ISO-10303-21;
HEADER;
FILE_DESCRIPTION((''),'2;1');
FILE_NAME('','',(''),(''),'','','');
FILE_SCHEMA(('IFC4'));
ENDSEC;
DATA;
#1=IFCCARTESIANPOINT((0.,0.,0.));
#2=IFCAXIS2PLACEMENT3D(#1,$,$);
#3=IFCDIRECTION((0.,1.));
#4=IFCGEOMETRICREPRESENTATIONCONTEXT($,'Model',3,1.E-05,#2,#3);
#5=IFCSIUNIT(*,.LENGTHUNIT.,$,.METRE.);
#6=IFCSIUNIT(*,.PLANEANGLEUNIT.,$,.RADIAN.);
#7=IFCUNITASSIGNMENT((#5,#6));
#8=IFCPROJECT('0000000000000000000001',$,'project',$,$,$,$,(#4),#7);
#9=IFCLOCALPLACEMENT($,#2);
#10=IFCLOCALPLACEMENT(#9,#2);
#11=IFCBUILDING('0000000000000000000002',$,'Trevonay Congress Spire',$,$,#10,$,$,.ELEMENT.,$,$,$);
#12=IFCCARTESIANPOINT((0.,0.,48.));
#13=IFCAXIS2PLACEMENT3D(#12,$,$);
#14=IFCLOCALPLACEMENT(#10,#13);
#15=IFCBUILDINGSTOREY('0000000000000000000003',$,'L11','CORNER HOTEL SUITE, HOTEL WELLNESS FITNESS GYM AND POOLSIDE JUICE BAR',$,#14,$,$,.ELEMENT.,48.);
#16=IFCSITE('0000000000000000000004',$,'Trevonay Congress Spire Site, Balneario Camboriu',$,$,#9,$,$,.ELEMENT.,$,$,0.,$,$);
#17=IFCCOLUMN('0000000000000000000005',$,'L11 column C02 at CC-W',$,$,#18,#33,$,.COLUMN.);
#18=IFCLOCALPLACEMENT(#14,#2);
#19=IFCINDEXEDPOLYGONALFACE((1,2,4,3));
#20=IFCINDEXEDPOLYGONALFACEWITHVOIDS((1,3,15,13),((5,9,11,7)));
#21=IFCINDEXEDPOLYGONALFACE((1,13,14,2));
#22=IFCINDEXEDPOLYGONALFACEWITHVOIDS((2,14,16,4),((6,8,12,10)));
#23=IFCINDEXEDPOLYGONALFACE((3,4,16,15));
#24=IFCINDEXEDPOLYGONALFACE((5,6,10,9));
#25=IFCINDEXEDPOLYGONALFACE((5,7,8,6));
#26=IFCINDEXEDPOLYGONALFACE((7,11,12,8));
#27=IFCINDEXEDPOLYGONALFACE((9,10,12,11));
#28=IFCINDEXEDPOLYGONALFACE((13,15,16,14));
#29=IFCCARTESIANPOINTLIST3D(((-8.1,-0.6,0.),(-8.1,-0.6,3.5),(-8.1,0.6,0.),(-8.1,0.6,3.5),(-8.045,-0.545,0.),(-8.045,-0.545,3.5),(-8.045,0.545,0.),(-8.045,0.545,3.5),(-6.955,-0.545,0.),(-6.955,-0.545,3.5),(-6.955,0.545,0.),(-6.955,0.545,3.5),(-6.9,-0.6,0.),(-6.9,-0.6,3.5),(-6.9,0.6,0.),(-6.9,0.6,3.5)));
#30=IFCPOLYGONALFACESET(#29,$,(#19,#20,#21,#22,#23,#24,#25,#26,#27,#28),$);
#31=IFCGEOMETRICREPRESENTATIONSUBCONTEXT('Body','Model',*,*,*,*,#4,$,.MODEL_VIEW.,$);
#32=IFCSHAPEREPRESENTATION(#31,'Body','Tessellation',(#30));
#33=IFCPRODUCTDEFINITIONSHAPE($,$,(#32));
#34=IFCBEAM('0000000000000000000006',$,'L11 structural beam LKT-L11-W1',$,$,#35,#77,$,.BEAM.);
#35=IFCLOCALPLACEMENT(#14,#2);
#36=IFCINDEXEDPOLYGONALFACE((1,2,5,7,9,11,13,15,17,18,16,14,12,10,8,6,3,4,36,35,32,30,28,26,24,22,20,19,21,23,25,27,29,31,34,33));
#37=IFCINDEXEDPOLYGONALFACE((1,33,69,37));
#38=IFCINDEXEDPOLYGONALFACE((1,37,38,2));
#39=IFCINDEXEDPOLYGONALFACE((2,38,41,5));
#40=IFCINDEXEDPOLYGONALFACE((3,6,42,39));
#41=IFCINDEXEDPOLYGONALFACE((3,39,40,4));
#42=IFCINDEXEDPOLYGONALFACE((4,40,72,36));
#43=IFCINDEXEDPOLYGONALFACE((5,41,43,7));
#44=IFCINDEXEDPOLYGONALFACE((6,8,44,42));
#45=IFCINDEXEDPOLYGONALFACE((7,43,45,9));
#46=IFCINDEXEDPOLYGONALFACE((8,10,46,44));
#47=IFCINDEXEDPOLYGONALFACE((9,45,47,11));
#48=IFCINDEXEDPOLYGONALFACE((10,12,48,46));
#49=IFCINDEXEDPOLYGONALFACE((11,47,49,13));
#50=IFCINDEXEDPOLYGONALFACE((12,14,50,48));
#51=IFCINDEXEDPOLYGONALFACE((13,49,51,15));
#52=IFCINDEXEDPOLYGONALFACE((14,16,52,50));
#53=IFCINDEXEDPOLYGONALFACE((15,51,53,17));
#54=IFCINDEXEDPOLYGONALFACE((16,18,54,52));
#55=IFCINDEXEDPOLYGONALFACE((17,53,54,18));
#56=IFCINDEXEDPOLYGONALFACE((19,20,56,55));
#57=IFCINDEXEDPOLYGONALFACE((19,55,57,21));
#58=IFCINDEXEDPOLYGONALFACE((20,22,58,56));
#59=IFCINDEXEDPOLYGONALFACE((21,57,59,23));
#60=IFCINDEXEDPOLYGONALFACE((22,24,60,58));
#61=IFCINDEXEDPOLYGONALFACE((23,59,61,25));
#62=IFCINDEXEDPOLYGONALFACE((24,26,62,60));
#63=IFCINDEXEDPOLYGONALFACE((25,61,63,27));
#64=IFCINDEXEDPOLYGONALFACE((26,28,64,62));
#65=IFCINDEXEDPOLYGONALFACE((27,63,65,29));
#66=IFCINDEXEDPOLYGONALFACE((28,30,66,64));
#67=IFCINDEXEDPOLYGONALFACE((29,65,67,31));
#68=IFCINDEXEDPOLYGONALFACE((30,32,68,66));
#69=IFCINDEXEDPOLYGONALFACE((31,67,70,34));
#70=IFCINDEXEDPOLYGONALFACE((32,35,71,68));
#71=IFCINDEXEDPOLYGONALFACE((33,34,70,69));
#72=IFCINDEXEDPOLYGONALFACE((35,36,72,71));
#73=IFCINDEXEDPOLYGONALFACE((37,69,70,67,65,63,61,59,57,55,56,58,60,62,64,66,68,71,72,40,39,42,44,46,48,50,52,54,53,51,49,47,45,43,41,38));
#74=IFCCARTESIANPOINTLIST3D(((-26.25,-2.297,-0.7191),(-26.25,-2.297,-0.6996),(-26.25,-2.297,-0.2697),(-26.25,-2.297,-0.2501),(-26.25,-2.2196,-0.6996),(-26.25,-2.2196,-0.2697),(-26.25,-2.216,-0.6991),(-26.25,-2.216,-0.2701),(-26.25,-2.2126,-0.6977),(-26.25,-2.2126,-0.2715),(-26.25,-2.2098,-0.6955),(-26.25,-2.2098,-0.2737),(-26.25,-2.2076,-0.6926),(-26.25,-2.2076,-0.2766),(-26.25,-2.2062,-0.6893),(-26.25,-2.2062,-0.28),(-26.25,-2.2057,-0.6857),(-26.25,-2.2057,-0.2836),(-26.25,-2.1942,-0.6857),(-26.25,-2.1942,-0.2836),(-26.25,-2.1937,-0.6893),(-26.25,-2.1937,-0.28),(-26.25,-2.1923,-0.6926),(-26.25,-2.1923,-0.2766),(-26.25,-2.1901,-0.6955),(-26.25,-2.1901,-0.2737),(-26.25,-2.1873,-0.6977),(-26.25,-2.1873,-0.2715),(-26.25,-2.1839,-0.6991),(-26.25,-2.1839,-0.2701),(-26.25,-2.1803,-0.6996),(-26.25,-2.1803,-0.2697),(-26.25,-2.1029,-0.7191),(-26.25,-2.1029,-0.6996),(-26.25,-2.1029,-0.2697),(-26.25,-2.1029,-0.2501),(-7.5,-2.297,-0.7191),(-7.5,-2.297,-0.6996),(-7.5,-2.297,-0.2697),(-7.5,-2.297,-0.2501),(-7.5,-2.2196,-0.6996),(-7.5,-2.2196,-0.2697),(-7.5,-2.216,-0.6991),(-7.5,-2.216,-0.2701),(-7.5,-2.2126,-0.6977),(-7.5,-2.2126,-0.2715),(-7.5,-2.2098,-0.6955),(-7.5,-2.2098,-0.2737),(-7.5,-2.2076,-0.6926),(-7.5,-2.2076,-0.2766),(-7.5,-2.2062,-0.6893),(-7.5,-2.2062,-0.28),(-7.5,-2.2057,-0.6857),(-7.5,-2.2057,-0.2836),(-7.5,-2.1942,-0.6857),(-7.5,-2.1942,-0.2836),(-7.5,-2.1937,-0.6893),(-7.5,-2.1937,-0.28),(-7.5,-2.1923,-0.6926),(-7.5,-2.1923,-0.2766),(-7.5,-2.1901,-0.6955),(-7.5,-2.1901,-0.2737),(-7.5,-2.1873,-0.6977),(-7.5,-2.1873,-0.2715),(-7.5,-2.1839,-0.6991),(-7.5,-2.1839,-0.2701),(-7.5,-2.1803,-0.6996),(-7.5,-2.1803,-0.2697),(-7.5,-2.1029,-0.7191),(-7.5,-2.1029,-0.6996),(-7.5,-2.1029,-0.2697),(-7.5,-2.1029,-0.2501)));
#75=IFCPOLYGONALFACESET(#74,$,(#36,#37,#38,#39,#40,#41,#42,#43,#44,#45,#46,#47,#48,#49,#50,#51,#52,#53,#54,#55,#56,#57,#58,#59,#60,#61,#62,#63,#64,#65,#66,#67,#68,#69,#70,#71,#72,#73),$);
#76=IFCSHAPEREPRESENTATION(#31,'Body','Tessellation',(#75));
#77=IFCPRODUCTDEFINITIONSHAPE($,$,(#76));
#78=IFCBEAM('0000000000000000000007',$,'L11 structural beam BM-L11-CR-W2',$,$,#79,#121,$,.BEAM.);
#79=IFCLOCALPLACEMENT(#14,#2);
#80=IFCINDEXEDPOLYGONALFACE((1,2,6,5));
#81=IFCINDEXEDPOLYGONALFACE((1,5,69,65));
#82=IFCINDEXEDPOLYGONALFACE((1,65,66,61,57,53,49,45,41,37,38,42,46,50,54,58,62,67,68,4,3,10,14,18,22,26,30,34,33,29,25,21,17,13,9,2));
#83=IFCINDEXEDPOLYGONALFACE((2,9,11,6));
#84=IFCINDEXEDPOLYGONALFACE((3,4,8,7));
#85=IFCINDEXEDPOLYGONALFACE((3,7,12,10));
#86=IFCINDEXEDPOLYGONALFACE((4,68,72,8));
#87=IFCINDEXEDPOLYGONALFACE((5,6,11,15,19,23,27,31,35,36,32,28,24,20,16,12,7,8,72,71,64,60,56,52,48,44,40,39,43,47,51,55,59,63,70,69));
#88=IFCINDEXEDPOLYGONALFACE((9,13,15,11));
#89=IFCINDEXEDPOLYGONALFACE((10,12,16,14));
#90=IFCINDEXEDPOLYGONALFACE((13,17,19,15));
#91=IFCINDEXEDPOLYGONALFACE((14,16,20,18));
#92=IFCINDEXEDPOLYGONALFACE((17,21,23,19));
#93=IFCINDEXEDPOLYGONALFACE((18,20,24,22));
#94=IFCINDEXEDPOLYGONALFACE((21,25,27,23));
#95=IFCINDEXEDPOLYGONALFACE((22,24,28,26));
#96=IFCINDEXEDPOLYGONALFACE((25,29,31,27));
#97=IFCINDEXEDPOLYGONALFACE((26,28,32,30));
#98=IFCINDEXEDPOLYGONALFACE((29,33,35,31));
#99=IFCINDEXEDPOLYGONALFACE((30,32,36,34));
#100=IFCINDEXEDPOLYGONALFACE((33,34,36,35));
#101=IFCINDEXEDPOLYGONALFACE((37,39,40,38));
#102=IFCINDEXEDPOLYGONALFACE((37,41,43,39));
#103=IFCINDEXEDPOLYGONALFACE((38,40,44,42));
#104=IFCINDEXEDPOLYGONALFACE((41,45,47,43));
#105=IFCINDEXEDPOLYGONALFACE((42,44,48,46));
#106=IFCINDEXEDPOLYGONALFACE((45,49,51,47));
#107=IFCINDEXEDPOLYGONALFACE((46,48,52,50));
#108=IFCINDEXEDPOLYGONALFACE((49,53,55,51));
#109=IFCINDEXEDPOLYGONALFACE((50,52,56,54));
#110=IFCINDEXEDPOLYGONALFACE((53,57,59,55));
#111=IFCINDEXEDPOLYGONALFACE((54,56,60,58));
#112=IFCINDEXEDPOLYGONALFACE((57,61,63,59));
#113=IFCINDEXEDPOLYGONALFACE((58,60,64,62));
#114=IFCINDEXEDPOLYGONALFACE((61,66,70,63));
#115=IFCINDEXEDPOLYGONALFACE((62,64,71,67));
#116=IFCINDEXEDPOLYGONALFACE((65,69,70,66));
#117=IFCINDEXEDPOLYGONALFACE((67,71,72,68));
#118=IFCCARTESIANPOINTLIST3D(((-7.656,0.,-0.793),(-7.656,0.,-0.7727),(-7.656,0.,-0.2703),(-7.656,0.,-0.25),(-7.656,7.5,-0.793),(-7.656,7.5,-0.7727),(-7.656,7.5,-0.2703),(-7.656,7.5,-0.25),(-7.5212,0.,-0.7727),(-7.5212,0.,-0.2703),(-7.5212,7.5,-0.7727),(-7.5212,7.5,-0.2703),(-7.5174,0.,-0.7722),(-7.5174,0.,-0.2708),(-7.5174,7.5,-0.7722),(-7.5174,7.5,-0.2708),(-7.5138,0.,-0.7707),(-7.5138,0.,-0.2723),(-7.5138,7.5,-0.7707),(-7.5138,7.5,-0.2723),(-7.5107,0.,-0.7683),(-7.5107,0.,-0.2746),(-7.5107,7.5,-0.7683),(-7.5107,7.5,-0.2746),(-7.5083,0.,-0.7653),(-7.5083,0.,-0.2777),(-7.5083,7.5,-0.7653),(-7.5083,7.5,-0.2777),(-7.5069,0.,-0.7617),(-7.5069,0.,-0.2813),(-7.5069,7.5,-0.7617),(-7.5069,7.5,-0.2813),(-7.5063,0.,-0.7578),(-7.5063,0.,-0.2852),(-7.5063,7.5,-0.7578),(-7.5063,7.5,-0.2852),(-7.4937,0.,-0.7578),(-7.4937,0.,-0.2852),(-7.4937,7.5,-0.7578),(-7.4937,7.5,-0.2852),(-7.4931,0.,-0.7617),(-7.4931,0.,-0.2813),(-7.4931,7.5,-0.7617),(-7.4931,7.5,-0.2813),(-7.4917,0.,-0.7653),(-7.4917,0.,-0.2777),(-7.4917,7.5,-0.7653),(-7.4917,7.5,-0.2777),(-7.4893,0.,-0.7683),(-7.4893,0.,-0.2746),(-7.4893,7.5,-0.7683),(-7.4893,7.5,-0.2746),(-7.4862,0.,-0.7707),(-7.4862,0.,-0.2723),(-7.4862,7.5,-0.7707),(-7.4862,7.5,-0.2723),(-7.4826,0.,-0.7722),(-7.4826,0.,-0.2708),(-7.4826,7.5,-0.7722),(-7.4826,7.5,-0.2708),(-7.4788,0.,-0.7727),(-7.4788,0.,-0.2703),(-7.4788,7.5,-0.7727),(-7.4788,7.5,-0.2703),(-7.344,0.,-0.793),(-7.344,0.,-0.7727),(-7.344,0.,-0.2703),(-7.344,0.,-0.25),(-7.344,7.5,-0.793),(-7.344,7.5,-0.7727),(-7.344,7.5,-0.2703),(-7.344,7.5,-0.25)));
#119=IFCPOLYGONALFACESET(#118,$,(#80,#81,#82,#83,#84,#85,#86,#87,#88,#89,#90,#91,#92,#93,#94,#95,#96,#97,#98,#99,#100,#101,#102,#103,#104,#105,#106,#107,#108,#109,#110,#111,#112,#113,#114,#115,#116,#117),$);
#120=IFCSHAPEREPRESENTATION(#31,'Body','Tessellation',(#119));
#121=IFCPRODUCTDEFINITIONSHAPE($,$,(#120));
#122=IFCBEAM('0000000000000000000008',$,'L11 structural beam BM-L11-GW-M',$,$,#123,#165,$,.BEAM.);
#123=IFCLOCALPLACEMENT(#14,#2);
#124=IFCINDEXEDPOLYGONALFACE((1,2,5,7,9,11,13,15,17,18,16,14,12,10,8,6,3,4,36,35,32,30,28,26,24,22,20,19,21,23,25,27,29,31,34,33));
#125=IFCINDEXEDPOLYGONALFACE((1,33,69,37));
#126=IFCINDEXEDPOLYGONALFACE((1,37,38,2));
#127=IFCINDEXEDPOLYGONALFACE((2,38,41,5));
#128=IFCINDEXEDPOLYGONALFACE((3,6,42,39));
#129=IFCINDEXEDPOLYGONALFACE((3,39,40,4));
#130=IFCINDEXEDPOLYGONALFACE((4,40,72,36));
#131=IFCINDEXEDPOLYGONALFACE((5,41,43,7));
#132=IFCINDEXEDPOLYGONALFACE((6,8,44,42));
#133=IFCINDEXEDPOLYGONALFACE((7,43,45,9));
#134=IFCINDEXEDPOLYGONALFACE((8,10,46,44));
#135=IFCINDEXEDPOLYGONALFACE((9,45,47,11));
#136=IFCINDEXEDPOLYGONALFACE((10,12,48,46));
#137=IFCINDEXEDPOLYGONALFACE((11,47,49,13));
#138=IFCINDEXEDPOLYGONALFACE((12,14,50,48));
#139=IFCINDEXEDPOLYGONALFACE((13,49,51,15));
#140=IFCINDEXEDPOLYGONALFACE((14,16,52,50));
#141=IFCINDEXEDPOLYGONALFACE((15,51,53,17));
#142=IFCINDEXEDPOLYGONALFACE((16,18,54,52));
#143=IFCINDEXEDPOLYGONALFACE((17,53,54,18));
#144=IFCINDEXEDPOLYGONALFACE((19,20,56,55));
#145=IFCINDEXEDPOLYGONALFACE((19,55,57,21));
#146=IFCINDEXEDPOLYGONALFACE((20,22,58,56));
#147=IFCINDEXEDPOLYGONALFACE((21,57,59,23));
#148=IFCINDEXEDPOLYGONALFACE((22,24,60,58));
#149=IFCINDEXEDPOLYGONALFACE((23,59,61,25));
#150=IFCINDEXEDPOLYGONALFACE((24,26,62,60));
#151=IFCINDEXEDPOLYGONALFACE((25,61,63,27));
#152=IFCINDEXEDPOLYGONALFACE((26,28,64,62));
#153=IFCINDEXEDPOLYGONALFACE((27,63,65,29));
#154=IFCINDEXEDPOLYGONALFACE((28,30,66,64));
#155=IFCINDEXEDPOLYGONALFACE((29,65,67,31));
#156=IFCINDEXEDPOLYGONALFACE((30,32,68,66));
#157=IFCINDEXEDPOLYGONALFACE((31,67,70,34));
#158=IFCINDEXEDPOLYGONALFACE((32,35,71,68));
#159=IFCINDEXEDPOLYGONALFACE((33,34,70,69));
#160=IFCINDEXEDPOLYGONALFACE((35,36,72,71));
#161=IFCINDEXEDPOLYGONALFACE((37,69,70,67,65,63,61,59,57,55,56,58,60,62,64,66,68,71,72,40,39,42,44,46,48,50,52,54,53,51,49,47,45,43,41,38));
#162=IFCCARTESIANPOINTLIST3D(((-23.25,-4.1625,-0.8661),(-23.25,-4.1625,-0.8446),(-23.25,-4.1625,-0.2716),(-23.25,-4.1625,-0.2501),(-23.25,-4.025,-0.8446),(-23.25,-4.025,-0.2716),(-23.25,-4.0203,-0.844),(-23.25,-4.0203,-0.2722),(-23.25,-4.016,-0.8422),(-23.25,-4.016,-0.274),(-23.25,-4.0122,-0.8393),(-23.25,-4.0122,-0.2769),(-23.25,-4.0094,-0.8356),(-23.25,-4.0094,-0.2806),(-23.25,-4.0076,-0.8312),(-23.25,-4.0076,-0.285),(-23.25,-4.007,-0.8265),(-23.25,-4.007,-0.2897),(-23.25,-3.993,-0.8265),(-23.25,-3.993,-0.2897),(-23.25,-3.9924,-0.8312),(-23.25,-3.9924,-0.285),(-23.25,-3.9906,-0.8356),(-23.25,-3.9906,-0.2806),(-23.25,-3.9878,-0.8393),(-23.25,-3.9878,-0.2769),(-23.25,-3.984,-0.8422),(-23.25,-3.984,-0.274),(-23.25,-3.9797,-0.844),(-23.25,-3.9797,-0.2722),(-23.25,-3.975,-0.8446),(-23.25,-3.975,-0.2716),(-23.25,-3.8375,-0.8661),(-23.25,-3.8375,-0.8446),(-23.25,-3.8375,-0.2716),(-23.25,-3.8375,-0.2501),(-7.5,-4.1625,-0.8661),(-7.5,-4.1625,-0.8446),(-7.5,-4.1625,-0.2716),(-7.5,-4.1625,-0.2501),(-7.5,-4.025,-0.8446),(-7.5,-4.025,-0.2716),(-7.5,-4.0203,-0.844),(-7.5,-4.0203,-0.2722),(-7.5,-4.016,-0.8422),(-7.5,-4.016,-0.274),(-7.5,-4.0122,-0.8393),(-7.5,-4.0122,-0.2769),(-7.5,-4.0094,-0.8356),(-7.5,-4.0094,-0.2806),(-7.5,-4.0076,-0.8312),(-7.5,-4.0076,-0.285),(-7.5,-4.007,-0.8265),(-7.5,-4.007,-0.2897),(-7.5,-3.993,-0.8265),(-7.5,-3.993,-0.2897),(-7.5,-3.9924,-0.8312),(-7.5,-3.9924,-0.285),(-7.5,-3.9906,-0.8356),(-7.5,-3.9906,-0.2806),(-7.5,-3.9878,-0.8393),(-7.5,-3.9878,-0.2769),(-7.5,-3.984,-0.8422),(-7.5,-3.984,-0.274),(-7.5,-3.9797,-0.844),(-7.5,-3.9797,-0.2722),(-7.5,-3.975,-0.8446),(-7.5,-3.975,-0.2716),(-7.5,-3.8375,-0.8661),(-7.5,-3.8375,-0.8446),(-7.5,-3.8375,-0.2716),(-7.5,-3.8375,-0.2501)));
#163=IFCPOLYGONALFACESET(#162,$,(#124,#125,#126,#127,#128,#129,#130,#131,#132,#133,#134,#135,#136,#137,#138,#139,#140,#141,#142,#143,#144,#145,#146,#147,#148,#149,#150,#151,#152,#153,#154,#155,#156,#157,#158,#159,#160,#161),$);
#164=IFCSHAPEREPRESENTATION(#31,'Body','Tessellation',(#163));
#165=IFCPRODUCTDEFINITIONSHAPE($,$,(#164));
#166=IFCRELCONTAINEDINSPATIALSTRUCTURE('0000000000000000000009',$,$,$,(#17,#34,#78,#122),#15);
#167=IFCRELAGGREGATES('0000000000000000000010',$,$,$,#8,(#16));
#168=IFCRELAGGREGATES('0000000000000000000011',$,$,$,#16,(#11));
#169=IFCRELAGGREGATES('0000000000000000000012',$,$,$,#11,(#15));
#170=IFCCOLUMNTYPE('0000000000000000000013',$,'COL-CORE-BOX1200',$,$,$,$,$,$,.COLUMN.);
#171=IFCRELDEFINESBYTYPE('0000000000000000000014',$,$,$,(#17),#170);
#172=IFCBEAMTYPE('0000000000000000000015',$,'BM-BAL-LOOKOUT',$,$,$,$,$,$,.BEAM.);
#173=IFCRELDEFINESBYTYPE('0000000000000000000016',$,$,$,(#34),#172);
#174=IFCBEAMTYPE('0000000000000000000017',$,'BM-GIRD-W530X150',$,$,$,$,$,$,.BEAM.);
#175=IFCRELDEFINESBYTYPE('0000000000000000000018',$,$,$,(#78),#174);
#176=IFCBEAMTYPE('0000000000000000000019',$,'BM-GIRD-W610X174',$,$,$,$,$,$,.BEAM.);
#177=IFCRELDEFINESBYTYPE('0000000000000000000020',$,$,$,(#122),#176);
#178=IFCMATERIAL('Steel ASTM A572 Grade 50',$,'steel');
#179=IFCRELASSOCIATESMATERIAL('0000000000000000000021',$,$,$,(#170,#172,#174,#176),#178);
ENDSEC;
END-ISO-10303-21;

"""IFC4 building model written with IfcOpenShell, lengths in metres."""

from ifc_helpers import new_model, si_unit, direction, frame, origin, origin_2d, place, context, subcontext, project, spatial, hollow_rectangle, i_section, extrude, material, material_profile, profile_set, type_object, element, save


model = new_model("IFC4")

# Units and contexts
model_context = context("Model", 3, precision=1e-05, world=origin(), true_north=direction((0.0, 1.0)))
body_context = subcontext(model_context, "Body", "Model", "MODEL_VIEW")
ifc_project = project(units=[si_unit("LENGTHUNIT", "METRE"), si_unit("PLANEANGLEUNIT", "RADIAN")], contexts=[model_context])

# Site, building, storey
site_placement = place(None, origin())
site = spatial("IfcSite", under=ifc_project, at=site_placement, Name="Trevonay Congress Spire Site, Balneario Camboriu", CompositionType="ELEMENT", RefElevation=0.0)
building_placement = place(site_placement, origin())
building = spatial("IfcBuilding", under=site, at=building_placement, Name="Trevonay Congress Spire", CompositionType="ELEMENT")
storey_placement = place(building_placement, frame((0.0, 0.0, 48.0)))
storey = spatial("IfcBuildingStorey", under=building, at=storey_placement, Name="L11", Description="CORNER HOTEL SUITE, HOTEL WELLNESS FITNESS GYM AND POOLSIDE JUICE BAR", CompositionType="ELEMENT", Elevation=48.0)

# Column
ifc_material_1 = material(Name="Steel ASTM A572 Grade 50", Category="steel")
ifc_material_profile_1 = material_profile(ifc_material_1, hollow_rectangle(XDim=1.2, YDim=1.2, WallThickness=0.0549, at=origin_2d()), Name="BOX 1200x1200x55")
ifc_profile_set_1 = profile_set([ifc_material_profile_1], Name="Steel ASTM A572 Grade 50")
column_type = type_object("IfcColumnType", Name="COL-CORE-BOX1200", PredefinedType="COLUMN", material=ifc_profile_set_1)
column_placement = place(storey_placement, frame((-7.5, 0.0, 0.0), z_axis=(0.0, 0.0, 1.0), x_axis=(1.0, 0.0, 0.0)))
element("IfcColumn", 1, at=column_placement, inside=storey, type_object=column_type, Name="L11 column C02 at CC-W", PredefinedType="COLUMN", context=body_context, shape_type="SweptSolid", body=[
    extrude(hollow_rectangle(XDim=1.2, YDim=1.2, WallThickness=0.0549, at=origin_2d()), origin(), (0.0, 0.0, 1.0), 3.5),
])

# Beams
ifc_material_profile_2 = material_profile(ifc_material_1, i_section(OverallWidth=0.1941, OverallDepth=0.469, WebThickness=0.0115, FlangeThickness=0.0195, FilletRadius=0.0139, at=origin_2d()), Name="W460x106")
ifc_profile_set_2 = profile_set([ifc_material_profile_2], Name="Steel ASTM A572 Grade 50")
beam_type_1 = type_object("IfcBeamType", Name="BM-BAL-LOOKOUT", PredefinedType="BEAM", material=ifc_profile_set_2)
beam_1_placement = place(storey_placement, frame((-7.5, -2.2, -0.4846), z_axis=(-1.0, 0.0, 0.0), x_axis=(0.0, -1.0, 0.0)))
element("IfcBeam", 2, at=beam_1_placement, inside=storey, type_object=beam_type_1, Name="L11 structural beam LKT-L11-W1", PredefinedType="BEAM", context=body_context, shape_type="SweptSolid", body=[
    extrude(i_section(OverallWidth=0.1941, OverallDepth=0.469, WebThickness=0.0115, FlangeThickness=0.0195, FilletRadius=0.0139, at=origin_2d()), origin(), (0.0, 0.0, 1.0), 18.75),
])
ifc_material_profile_3 = material_profile(ifc_material_1, i_section(OverallWidth=0.312, OverallDepth=0.543, WebThickness=0.0127, FlangeThickness=0.0203, FilletRadius=0.0149, at=origin_2d()), Name="W530x150")
ifc_profile_set_3 = profile_set([ifc_material_profile_3], Name="Steel ASTM A572 Grade 50")
beam_type_2 = type_object("IfcBeamType", Name="BM-GIRD-W530X150", PredefinedType="BEAM", material=ifc_profile_set_3)
beam_2_placement = place(storey_placement, frame((-7.5, 0.0, -0.5215), z_axis=(0.0, 1.0, 0.0), x_axis=(-1.0, 0.0, 0.0)))
element("IfcBeam", 3, at=beam_2_placement, inside=storey, type_object=beam_type_2, Name="L11 structural beam BM-L11-CR-W2", PredefinedType="BEAM", context=body_context, shape_type="SweptSolid", body=[
    extrude(i_section(OverallWidth=0.312, OverallDepth=0.543, WebThickness=0.0127, FlangeThickness=0.0203, FilletRadius=0.0149, at=origin_2d()), origin(), (0.0, 0.0, 1.0), 7.5),
])
ifc_material_profile_4 = material_profile(ifc_material_1, i_section(OverallWidth=0.325, OverallDepth=0.616, WebThickness=0.0139, FlangeThickness=0.0215, FilletRadius=0.0181, at=origin_2d()), Name="W610x174")
ifc_profile_set_4 = profile_set([ifc_material_profile_4], Name="Steel ASTM A572 Grade 50")
beam_type_3 = type_object("IfcBeamType", Name="BM-GIRD-W610X174", PredefinedType="BEAM", material=ifc_profile_set_4)
beam_3_placement = place(storey_placement, frame((-7.5, -4.0, -0.5581), z_axis=(-1.0, 0.0, 0.0), x_axis=(0.0, -1.0, 0.0)))
element("IfcBeam", 4, at=beam_3_placement, inside=storey, type_object=beam_type_3, Name="L11 structural beam BM-L11-GW-M", PredefinedType="BEAM", context=body_context, shape_type="SweptSolid", body=[
    extrude(i_section(OverallWidth=0.325, OverallDepth=0.616, WebThickness=0.0139, FlangeThickness=0.0215, FilletRadius=0.0181, at=origin_2d()), origin(), (0.0, 0.0, 1.0), 15.75),
])

save(model, "model.ifc")
